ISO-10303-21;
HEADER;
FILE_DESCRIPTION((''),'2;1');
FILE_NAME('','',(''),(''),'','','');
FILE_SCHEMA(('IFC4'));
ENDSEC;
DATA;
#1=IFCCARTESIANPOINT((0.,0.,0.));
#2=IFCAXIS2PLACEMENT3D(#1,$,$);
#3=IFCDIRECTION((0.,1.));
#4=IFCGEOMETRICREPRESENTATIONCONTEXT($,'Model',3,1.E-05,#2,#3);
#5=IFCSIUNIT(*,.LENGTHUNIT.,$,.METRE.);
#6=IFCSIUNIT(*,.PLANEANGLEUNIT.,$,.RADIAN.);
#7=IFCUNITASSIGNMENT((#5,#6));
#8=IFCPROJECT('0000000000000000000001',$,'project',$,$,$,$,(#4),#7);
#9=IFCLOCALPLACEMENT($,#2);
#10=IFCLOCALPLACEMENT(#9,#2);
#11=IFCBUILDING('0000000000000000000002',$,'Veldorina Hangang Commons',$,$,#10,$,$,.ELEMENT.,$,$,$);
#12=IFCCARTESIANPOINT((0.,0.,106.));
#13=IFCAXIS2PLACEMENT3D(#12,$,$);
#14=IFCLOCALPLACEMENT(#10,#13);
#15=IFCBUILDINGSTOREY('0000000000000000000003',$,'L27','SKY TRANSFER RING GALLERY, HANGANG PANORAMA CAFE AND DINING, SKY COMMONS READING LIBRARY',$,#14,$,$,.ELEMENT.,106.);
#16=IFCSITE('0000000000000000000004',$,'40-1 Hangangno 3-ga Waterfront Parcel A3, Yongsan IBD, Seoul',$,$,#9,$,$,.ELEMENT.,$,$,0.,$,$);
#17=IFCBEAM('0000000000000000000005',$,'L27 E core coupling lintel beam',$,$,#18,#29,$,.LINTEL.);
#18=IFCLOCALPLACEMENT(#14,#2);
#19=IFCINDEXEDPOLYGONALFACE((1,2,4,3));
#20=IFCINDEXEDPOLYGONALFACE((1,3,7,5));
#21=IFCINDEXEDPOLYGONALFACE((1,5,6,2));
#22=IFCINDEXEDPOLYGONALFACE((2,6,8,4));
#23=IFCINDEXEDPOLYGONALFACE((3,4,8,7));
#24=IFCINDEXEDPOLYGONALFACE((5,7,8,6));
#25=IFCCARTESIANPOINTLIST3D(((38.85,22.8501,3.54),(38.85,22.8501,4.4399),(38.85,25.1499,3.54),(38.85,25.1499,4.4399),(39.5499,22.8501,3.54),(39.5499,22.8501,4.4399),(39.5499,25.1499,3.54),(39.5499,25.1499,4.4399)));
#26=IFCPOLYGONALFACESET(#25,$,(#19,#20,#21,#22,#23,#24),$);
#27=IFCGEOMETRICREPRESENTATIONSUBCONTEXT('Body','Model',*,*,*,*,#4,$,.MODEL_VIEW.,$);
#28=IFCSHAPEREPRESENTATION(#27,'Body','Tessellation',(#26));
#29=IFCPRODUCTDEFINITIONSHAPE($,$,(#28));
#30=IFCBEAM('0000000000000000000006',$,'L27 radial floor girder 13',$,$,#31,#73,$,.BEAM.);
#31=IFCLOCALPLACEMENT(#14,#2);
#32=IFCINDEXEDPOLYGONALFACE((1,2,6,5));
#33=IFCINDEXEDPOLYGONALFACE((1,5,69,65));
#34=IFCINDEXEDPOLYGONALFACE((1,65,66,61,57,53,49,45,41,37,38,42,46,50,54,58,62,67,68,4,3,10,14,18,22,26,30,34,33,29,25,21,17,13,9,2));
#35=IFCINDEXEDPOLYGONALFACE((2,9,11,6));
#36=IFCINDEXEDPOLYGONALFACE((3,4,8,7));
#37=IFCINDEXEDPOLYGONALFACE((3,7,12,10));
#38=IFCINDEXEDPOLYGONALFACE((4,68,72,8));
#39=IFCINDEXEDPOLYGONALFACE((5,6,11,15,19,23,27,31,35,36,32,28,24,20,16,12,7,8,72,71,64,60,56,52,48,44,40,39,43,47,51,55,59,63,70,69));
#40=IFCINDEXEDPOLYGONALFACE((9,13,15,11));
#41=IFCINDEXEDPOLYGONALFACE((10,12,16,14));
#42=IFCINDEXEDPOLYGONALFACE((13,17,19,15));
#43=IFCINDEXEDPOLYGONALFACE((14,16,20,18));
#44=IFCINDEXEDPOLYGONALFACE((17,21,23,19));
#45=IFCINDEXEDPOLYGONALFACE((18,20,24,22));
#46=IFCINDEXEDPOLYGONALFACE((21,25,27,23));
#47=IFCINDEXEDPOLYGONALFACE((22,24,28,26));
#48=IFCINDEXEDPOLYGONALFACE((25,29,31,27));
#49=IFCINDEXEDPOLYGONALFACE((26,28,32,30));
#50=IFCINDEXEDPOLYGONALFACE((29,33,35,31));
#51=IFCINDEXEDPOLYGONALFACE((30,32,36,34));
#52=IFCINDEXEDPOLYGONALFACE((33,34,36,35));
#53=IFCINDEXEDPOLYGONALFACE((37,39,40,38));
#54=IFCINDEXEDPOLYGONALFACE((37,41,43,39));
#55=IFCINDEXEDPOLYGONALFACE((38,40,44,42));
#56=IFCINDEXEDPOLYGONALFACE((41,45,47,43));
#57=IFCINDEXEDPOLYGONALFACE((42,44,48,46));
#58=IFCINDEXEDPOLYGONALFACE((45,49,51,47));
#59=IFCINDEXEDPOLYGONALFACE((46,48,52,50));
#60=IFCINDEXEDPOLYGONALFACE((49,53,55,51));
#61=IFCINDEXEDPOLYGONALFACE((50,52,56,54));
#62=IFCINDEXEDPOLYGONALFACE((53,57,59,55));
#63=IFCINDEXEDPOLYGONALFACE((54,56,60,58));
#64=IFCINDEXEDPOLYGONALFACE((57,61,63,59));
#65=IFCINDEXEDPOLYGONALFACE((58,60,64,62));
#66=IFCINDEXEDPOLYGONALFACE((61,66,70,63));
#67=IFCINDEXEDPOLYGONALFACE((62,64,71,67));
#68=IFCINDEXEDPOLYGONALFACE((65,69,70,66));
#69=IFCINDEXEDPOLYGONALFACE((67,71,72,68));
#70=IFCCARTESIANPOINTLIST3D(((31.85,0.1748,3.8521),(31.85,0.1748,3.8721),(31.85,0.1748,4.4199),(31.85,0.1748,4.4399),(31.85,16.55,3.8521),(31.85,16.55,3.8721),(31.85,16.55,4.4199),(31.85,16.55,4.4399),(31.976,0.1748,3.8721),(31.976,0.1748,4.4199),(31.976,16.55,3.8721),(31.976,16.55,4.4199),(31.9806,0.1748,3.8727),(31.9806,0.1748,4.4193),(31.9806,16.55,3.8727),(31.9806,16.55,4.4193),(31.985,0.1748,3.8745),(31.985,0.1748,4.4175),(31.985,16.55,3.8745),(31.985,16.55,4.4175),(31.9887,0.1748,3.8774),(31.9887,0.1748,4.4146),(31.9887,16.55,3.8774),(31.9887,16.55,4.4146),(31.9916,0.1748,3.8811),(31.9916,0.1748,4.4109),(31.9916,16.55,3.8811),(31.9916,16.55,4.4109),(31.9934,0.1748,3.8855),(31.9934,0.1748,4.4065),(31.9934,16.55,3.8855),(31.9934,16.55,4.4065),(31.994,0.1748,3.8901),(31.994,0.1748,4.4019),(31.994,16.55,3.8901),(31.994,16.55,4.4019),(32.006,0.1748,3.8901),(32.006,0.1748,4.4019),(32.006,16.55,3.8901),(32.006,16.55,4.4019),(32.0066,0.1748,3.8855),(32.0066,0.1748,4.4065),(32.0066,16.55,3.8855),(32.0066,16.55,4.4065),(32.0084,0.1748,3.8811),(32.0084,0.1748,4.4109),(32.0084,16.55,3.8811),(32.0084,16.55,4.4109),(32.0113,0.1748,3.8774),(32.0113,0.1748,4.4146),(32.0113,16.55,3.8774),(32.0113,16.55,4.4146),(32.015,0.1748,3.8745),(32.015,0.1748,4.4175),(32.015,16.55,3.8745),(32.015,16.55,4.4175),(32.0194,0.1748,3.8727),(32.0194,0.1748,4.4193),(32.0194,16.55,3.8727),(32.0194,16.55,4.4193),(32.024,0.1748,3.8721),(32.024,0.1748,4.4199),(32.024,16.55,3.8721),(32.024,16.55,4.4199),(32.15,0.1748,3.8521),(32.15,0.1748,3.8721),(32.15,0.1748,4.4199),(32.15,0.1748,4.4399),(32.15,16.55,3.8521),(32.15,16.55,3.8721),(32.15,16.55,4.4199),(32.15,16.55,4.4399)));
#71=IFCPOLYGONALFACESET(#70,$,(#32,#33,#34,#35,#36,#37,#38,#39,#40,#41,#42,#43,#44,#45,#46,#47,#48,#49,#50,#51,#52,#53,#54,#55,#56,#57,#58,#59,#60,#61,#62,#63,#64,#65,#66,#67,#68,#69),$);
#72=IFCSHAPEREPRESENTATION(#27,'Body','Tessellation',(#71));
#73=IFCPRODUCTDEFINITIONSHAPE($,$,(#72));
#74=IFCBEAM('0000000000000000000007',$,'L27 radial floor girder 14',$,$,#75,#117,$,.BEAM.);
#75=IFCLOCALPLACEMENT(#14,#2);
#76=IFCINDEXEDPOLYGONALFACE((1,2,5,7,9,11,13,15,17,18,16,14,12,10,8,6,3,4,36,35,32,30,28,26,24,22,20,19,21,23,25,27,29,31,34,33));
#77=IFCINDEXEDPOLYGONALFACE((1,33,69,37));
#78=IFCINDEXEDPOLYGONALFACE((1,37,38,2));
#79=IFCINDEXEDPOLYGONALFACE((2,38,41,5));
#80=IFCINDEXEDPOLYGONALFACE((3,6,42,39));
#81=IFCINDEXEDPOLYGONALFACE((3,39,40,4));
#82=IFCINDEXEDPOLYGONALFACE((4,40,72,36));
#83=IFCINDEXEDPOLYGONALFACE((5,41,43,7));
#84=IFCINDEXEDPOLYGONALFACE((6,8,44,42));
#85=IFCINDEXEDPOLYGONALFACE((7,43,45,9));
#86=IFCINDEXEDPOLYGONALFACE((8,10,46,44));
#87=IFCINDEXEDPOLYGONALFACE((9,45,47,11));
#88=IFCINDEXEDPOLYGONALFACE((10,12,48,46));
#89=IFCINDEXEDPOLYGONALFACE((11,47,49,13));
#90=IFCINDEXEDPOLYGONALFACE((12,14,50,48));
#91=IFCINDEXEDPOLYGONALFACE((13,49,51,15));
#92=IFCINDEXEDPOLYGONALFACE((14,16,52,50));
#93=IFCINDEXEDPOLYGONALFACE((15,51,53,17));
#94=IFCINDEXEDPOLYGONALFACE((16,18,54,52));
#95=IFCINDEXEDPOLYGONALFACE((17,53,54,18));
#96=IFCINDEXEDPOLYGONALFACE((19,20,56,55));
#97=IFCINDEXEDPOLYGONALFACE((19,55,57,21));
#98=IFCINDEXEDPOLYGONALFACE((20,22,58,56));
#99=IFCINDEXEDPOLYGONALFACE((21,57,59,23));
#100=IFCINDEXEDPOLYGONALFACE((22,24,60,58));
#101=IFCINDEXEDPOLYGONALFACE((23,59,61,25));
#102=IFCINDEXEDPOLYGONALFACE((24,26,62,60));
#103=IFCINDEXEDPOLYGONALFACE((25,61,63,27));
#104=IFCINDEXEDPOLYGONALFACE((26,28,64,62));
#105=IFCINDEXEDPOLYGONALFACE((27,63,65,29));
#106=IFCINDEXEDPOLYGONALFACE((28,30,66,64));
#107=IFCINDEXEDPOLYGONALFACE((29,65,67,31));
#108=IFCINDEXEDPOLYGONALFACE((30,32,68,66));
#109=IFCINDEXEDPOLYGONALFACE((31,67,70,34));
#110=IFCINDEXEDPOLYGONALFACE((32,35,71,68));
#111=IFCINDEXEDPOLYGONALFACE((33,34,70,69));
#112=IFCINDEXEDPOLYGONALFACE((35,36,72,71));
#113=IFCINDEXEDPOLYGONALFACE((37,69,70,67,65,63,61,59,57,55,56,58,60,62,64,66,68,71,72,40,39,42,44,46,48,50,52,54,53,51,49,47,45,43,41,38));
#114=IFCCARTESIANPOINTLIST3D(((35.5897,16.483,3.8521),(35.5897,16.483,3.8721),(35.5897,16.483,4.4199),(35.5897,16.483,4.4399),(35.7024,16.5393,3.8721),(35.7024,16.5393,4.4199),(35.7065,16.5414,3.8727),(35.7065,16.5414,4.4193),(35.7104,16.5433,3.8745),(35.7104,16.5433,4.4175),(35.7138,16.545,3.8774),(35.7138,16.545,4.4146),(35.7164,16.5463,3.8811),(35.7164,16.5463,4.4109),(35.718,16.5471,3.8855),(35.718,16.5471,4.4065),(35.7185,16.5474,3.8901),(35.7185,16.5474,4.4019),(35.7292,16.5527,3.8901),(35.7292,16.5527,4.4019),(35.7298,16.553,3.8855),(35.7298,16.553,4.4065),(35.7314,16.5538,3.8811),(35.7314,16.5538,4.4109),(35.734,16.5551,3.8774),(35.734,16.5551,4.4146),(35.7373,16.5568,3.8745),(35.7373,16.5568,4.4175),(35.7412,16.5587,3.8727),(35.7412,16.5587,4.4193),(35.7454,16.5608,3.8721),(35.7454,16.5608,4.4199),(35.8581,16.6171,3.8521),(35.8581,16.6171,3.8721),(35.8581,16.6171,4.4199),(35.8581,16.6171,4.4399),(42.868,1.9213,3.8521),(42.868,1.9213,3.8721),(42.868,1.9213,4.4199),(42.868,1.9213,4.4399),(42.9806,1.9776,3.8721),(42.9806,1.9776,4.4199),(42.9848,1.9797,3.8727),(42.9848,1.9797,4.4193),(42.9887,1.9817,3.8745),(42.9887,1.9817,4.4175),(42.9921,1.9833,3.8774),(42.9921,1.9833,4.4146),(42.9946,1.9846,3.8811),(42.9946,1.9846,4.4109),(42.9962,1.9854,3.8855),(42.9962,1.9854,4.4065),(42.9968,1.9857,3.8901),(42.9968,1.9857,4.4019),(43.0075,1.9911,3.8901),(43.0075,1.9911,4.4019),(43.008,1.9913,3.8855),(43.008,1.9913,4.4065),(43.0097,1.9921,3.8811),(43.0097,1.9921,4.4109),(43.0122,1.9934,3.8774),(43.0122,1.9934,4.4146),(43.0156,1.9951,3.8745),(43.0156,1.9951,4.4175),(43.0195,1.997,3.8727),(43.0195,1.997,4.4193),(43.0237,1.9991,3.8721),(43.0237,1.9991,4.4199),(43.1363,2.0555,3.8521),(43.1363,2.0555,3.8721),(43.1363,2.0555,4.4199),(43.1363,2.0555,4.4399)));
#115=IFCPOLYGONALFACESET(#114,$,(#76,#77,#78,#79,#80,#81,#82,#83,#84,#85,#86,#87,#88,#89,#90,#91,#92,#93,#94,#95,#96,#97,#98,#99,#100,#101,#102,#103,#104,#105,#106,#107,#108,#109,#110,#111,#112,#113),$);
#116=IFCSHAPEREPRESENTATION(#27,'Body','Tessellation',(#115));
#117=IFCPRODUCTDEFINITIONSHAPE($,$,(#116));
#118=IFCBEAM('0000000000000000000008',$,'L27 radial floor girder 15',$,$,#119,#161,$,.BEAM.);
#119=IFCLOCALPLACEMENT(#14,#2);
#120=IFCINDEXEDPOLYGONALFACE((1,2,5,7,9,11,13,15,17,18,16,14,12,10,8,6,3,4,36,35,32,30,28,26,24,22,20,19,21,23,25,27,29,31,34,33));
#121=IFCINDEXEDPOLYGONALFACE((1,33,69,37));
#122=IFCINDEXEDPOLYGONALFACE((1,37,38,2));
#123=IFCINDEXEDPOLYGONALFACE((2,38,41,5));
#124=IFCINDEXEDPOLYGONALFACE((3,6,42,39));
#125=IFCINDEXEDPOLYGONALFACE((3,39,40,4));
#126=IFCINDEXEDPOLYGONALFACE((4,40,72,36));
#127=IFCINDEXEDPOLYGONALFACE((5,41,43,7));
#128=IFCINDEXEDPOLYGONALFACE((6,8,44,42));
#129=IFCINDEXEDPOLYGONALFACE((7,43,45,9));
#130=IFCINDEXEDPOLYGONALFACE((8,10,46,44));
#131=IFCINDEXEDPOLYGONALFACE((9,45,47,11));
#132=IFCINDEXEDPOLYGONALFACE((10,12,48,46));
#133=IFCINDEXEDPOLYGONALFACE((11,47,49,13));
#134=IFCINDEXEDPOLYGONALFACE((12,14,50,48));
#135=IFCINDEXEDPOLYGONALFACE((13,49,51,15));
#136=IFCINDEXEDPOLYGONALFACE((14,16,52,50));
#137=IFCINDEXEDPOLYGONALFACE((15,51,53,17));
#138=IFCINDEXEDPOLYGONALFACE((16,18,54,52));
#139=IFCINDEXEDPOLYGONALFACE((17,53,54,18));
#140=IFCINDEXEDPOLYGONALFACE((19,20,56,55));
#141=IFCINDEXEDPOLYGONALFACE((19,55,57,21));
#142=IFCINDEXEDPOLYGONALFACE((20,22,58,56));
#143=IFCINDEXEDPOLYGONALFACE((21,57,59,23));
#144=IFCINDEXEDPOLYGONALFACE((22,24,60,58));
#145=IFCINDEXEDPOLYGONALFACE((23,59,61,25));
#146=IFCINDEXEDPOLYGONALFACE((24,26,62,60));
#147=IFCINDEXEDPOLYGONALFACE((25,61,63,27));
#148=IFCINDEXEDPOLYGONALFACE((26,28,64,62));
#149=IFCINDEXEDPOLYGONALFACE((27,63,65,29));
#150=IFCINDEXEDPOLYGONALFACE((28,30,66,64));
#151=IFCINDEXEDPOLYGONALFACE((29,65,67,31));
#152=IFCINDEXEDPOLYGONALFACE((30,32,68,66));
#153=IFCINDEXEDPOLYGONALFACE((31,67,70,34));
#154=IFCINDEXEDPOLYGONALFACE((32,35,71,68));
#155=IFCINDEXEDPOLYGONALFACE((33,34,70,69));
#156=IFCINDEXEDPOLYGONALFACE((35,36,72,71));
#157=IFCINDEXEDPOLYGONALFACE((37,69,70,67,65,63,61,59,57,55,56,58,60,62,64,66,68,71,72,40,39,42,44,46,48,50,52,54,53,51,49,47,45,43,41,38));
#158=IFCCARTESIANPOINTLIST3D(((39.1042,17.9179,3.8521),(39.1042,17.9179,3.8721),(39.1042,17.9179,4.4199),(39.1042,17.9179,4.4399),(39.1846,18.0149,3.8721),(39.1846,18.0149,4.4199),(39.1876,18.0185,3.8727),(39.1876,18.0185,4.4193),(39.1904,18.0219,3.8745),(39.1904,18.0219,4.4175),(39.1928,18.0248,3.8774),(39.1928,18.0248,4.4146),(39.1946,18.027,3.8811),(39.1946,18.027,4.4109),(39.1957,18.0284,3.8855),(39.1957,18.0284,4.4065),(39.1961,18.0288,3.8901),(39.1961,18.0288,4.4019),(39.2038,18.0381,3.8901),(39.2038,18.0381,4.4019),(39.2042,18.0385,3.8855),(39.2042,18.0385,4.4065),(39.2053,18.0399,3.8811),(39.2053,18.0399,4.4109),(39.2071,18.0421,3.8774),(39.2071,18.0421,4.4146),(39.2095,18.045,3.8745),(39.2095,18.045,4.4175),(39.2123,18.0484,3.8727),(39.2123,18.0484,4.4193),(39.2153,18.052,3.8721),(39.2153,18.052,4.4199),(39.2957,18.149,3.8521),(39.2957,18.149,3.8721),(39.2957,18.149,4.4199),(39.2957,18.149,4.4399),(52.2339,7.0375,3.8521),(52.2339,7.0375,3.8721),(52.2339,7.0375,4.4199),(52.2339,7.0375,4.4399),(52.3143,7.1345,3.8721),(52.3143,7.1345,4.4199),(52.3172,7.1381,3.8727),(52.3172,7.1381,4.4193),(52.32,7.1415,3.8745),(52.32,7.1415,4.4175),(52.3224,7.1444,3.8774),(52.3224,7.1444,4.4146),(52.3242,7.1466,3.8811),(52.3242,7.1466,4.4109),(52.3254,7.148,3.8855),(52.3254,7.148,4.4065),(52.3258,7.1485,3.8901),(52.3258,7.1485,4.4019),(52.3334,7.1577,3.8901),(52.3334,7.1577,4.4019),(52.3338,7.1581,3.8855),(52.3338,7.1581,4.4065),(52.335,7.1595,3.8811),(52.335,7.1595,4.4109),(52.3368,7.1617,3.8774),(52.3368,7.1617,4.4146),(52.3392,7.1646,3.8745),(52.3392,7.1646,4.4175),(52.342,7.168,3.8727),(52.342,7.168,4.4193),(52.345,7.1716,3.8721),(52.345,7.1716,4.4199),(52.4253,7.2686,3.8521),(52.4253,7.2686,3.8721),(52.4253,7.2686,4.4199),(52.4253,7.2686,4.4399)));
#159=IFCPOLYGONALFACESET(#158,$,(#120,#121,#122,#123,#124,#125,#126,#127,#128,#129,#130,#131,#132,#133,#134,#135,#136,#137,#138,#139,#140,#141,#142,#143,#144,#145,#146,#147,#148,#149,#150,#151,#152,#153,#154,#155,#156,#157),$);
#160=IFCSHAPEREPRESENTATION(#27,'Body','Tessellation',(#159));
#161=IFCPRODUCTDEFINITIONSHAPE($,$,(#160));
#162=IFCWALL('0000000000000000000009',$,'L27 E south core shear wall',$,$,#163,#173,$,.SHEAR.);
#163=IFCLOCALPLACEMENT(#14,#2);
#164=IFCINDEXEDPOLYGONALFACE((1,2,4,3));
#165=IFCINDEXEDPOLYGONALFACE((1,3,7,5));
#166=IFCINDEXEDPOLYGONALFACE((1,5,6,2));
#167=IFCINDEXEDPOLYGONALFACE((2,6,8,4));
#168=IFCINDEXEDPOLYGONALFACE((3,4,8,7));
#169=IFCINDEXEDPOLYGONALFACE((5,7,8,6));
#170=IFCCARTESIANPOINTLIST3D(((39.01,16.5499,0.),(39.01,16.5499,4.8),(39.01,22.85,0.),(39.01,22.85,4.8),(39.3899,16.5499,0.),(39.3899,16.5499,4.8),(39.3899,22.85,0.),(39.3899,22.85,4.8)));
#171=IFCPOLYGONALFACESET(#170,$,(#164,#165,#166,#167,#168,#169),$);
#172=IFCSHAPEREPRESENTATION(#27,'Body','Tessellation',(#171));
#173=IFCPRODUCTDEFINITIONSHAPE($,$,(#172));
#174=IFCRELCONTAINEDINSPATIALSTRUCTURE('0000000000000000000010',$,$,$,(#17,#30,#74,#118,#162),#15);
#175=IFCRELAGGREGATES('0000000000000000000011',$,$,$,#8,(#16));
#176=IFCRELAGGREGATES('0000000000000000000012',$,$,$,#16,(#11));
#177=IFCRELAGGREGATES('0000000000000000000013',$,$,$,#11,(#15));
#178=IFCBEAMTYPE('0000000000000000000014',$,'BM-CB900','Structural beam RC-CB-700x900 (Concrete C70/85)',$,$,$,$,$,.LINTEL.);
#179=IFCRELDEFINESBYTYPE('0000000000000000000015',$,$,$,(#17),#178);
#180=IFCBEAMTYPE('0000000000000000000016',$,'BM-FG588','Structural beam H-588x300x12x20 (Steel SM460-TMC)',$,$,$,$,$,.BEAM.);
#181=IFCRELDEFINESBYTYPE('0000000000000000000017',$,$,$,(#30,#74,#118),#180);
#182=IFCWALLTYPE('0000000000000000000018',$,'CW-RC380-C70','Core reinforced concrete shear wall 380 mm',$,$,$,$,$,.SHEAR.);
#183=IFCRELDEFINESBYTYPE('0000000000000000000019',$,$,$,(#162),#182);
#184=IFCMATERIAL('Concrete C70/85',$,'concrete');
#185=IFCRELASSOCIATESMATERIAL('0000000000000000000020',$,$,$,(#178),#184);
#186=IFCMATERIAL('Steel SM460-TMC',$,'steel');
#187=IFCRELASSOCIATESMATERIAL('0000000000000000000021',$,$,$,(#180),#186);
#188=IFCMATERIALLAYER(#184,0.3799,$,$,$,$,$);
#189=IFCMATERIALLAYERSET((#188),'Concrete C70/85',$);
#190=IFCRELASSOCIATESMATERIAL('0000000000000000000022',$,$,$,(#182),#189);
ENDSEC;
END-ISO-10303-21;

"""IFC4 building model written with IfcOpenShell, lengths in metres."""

from ifc_helpers import new_model, si_unit, direction, frame, frame_2d, origin, origin_2d, place, context, subcontext, project, spatial, rectangle, i_section, extrude, material, layer, layer_set, material_profile, profile_set, type_object, element, save


model = new_model("IFC4")

# Units and contexts
model_context = context("Model", 3, precision=1e-05, world=origin(), true_north=direction((0.0, 1.0)))
body_context = subcontext(model_context, "Body", "Model", "MODEL_VIEW")
ifc_project = project(units=[si_unit("LENGTHUNIT", "METRE"), si_unit("PLANEANGLEUNIT", "RADIAN")], contexts=[model_context])

# Site, building, storey
site_placement = place(None, origin())
site = spatial("IfcSite", under=ifc_project, at=site_placement, Name="40-1 Hangangno 3-ga Waterfront Parcel A3, Yongsan IBD, Seoul", CompositionType="ELEMENT", RefElevation=0.0)
building_placement = place(site_placement, origin())
building = spatial("IfcBuilding", under=site, at=building_placement, Name="Veldorina Hangang Commons", CompositionType="ELEMENT")
storey_placement = place(building_placement, frame((0.0, 0.0, 106.0)))
storey = spatial("IfcBuildingStorey", under=building, at=storey_placement, Name="L27", Description="SKY TRANSFER RING GALLERY, HANGANG PANORAMA CAFE AND DINING, SKY COMMONS READING LIBRARY", CompositionType="ELEMENT", Elevation=106.0)

# Beams
ifc_material_1 = material(Name="Concrete C70/85", Category="concrete")
ifc_material_profile_1 = material_profile(ifc_material_1, rectangle(XDim=0.7, YDim=0.8999, at=origin_2d()), Name="RC-CB-700x900")
ifc_profile_set_1 = profile_set([ifc_material_profile_1], Name="Concrete C70/85")
beam_type_1 = type_object("IfcBeamType", Name="BM-CB900", Description="Structural beam RC-CB-700x900 (Concrete C70/85)", PredefinedType="LINTEL", material=ifc_profile_set_1)
beam_1_placement = place(storey_placement, frame((39.2, 22.8501, 3.99), z_axis=(0.0, 1.0, 0.0), x_axis=(-1.0, 0.0, 0.0)))
element("IfcBeam", 1, at=beam_1_placement, inside=storey, type_object=beam_type_1, Name="L27 E core coupling lintel beam", PredefinedType="LINTEL", context=body_context, shape_type="SweptSolid", body=[
    extrude(rectangle(XDim=0.7, YDim=0.8999, at=origin_2d()), origin(), (0.0, 0.0, 1.0), 2.2998),
])
ifc_material_2 = material(Name="Steel SM460-TMC", Category="steel")
ifc_material_profile_2 = material_profile(ifc_material_2, i_section(OverallWidth=0.3, OverallDepth=0.5879, WebThickness=0.012, FlangeThickness=0.02, FilletRadius=0.0181, at=origin_2d()), Name="H-588x300x12x20")
ifc_profile_set_2 = profile_set([ifc_material_profile_2], Name="Steel SM460-TMC")
beam_type_2 = type_object("IfcBeamType", Name="BM-FG588", Description="Structural beam H-588x300x12x20 (Steel SM460-TMC)", PredefinedType="BEAM", material=ifc_profile_set_2)
beam_2_placement = place(storey_placement, frame((32.0, 16.55, 4.146), z_axis=(0.0, -1.0, 0.0), x_axis=(1.0, 0.0, 0.0)))
element("IfcBeam", 2, at=beam_2_placement, inside=storey, type_object=beam_type_2, Name="L27 radial floor girder 13", PredefinedType="BEAM", context=body_context, shape_type="SweptSolid", body=[
    extrude(i_section(OverallWidth=0.3, OverallDepth=0.5879, WebThickness=0.012, FlangeThickness=0.02, FilletRadius=0.0181, at=origin_2d()), origin(), (0.0, 0.0, 1.0), 16.3752),
])
beam_3_placement = place(storey_placement, frame((35.7239, 16.55, 4.146), z_axis=(0.447088, -0.89449, 0.0), x_axis=(0.89449, 0.447088, 0.0)))
element("IfcBeam", 3, at=beam_3_placement, inside=storey, type_object=beam_type_2, Name="L27 radial floor girder 14", PredefinedType="BEAM", context=body_context, shape_type="SweptSolid", body=[
    extrude(i_section(OverallWidth=0.3, OverallDepth=0.5879, WebThickness=0.012, FlangeThickness=0.02, FilletRadius=0.0181, at=origin_2d()), origin(), (0.0, 0.0, 1.0), 16.2793),
])
beam_4_placement = place(storey_placement, frame((39.2, 18.0334, 4.146), z_axis=(0.769978, -0.638071, 0.0), x_axis=(0.638071, 0.769978, 0.0)))
element("IfcBeam", 4, at=beam_4_placement, inside=storey, type_object=beam_type_2, Name="L27 radial floor girder 15", PredefinedType="BEAM", context=body_context, shape_type="SweptSolid", body=[
    extrude(i_section(OverallWidth=0.3, OverallDepth=0.5879, WebThickness=0.012, FlangeThickness=0.02, FilletRadius=0.0181, at=origin_2d()), origin(), (0.0, 0.0, 1.0), 17.052),
])

# Wall
ifc_layer_1 = layer(ifc_material_1, 0.3799)
ifc_layer_set_1 = layer_set([ifc_layer_1], Name="Concrete C70/85")
wall_type_1 = type_object("IfcWallType", Name="CW-RC380-C70", Description="Core reinforced concrete shear wall 380 mm", PredefinedType="SHEAR", material=ifc_layer_set_1)
wall_1_placement = place(storey_placement, frame((39.2, 16.55, 0.0), z_axis=(0.0, 0.0, 1.0), x_axis=(0.0, 1.0, 0.0)))
element("IfcWall", 5, at=wall_1_placement, inside=storey, type_object=wall_type_1, Name="L27 E south core shear wall", PredefinedType="SHEAR", context=body_context, shape_type="SweptSolid", body=[
    extrude(rectangle(XDim=6.3, YDim=0.3799, at=frame_2d((3.1499, 0.0))), origin(), (0.0, 0.0, 1.0), 4.8),
])

save(model, "model.ifc")
